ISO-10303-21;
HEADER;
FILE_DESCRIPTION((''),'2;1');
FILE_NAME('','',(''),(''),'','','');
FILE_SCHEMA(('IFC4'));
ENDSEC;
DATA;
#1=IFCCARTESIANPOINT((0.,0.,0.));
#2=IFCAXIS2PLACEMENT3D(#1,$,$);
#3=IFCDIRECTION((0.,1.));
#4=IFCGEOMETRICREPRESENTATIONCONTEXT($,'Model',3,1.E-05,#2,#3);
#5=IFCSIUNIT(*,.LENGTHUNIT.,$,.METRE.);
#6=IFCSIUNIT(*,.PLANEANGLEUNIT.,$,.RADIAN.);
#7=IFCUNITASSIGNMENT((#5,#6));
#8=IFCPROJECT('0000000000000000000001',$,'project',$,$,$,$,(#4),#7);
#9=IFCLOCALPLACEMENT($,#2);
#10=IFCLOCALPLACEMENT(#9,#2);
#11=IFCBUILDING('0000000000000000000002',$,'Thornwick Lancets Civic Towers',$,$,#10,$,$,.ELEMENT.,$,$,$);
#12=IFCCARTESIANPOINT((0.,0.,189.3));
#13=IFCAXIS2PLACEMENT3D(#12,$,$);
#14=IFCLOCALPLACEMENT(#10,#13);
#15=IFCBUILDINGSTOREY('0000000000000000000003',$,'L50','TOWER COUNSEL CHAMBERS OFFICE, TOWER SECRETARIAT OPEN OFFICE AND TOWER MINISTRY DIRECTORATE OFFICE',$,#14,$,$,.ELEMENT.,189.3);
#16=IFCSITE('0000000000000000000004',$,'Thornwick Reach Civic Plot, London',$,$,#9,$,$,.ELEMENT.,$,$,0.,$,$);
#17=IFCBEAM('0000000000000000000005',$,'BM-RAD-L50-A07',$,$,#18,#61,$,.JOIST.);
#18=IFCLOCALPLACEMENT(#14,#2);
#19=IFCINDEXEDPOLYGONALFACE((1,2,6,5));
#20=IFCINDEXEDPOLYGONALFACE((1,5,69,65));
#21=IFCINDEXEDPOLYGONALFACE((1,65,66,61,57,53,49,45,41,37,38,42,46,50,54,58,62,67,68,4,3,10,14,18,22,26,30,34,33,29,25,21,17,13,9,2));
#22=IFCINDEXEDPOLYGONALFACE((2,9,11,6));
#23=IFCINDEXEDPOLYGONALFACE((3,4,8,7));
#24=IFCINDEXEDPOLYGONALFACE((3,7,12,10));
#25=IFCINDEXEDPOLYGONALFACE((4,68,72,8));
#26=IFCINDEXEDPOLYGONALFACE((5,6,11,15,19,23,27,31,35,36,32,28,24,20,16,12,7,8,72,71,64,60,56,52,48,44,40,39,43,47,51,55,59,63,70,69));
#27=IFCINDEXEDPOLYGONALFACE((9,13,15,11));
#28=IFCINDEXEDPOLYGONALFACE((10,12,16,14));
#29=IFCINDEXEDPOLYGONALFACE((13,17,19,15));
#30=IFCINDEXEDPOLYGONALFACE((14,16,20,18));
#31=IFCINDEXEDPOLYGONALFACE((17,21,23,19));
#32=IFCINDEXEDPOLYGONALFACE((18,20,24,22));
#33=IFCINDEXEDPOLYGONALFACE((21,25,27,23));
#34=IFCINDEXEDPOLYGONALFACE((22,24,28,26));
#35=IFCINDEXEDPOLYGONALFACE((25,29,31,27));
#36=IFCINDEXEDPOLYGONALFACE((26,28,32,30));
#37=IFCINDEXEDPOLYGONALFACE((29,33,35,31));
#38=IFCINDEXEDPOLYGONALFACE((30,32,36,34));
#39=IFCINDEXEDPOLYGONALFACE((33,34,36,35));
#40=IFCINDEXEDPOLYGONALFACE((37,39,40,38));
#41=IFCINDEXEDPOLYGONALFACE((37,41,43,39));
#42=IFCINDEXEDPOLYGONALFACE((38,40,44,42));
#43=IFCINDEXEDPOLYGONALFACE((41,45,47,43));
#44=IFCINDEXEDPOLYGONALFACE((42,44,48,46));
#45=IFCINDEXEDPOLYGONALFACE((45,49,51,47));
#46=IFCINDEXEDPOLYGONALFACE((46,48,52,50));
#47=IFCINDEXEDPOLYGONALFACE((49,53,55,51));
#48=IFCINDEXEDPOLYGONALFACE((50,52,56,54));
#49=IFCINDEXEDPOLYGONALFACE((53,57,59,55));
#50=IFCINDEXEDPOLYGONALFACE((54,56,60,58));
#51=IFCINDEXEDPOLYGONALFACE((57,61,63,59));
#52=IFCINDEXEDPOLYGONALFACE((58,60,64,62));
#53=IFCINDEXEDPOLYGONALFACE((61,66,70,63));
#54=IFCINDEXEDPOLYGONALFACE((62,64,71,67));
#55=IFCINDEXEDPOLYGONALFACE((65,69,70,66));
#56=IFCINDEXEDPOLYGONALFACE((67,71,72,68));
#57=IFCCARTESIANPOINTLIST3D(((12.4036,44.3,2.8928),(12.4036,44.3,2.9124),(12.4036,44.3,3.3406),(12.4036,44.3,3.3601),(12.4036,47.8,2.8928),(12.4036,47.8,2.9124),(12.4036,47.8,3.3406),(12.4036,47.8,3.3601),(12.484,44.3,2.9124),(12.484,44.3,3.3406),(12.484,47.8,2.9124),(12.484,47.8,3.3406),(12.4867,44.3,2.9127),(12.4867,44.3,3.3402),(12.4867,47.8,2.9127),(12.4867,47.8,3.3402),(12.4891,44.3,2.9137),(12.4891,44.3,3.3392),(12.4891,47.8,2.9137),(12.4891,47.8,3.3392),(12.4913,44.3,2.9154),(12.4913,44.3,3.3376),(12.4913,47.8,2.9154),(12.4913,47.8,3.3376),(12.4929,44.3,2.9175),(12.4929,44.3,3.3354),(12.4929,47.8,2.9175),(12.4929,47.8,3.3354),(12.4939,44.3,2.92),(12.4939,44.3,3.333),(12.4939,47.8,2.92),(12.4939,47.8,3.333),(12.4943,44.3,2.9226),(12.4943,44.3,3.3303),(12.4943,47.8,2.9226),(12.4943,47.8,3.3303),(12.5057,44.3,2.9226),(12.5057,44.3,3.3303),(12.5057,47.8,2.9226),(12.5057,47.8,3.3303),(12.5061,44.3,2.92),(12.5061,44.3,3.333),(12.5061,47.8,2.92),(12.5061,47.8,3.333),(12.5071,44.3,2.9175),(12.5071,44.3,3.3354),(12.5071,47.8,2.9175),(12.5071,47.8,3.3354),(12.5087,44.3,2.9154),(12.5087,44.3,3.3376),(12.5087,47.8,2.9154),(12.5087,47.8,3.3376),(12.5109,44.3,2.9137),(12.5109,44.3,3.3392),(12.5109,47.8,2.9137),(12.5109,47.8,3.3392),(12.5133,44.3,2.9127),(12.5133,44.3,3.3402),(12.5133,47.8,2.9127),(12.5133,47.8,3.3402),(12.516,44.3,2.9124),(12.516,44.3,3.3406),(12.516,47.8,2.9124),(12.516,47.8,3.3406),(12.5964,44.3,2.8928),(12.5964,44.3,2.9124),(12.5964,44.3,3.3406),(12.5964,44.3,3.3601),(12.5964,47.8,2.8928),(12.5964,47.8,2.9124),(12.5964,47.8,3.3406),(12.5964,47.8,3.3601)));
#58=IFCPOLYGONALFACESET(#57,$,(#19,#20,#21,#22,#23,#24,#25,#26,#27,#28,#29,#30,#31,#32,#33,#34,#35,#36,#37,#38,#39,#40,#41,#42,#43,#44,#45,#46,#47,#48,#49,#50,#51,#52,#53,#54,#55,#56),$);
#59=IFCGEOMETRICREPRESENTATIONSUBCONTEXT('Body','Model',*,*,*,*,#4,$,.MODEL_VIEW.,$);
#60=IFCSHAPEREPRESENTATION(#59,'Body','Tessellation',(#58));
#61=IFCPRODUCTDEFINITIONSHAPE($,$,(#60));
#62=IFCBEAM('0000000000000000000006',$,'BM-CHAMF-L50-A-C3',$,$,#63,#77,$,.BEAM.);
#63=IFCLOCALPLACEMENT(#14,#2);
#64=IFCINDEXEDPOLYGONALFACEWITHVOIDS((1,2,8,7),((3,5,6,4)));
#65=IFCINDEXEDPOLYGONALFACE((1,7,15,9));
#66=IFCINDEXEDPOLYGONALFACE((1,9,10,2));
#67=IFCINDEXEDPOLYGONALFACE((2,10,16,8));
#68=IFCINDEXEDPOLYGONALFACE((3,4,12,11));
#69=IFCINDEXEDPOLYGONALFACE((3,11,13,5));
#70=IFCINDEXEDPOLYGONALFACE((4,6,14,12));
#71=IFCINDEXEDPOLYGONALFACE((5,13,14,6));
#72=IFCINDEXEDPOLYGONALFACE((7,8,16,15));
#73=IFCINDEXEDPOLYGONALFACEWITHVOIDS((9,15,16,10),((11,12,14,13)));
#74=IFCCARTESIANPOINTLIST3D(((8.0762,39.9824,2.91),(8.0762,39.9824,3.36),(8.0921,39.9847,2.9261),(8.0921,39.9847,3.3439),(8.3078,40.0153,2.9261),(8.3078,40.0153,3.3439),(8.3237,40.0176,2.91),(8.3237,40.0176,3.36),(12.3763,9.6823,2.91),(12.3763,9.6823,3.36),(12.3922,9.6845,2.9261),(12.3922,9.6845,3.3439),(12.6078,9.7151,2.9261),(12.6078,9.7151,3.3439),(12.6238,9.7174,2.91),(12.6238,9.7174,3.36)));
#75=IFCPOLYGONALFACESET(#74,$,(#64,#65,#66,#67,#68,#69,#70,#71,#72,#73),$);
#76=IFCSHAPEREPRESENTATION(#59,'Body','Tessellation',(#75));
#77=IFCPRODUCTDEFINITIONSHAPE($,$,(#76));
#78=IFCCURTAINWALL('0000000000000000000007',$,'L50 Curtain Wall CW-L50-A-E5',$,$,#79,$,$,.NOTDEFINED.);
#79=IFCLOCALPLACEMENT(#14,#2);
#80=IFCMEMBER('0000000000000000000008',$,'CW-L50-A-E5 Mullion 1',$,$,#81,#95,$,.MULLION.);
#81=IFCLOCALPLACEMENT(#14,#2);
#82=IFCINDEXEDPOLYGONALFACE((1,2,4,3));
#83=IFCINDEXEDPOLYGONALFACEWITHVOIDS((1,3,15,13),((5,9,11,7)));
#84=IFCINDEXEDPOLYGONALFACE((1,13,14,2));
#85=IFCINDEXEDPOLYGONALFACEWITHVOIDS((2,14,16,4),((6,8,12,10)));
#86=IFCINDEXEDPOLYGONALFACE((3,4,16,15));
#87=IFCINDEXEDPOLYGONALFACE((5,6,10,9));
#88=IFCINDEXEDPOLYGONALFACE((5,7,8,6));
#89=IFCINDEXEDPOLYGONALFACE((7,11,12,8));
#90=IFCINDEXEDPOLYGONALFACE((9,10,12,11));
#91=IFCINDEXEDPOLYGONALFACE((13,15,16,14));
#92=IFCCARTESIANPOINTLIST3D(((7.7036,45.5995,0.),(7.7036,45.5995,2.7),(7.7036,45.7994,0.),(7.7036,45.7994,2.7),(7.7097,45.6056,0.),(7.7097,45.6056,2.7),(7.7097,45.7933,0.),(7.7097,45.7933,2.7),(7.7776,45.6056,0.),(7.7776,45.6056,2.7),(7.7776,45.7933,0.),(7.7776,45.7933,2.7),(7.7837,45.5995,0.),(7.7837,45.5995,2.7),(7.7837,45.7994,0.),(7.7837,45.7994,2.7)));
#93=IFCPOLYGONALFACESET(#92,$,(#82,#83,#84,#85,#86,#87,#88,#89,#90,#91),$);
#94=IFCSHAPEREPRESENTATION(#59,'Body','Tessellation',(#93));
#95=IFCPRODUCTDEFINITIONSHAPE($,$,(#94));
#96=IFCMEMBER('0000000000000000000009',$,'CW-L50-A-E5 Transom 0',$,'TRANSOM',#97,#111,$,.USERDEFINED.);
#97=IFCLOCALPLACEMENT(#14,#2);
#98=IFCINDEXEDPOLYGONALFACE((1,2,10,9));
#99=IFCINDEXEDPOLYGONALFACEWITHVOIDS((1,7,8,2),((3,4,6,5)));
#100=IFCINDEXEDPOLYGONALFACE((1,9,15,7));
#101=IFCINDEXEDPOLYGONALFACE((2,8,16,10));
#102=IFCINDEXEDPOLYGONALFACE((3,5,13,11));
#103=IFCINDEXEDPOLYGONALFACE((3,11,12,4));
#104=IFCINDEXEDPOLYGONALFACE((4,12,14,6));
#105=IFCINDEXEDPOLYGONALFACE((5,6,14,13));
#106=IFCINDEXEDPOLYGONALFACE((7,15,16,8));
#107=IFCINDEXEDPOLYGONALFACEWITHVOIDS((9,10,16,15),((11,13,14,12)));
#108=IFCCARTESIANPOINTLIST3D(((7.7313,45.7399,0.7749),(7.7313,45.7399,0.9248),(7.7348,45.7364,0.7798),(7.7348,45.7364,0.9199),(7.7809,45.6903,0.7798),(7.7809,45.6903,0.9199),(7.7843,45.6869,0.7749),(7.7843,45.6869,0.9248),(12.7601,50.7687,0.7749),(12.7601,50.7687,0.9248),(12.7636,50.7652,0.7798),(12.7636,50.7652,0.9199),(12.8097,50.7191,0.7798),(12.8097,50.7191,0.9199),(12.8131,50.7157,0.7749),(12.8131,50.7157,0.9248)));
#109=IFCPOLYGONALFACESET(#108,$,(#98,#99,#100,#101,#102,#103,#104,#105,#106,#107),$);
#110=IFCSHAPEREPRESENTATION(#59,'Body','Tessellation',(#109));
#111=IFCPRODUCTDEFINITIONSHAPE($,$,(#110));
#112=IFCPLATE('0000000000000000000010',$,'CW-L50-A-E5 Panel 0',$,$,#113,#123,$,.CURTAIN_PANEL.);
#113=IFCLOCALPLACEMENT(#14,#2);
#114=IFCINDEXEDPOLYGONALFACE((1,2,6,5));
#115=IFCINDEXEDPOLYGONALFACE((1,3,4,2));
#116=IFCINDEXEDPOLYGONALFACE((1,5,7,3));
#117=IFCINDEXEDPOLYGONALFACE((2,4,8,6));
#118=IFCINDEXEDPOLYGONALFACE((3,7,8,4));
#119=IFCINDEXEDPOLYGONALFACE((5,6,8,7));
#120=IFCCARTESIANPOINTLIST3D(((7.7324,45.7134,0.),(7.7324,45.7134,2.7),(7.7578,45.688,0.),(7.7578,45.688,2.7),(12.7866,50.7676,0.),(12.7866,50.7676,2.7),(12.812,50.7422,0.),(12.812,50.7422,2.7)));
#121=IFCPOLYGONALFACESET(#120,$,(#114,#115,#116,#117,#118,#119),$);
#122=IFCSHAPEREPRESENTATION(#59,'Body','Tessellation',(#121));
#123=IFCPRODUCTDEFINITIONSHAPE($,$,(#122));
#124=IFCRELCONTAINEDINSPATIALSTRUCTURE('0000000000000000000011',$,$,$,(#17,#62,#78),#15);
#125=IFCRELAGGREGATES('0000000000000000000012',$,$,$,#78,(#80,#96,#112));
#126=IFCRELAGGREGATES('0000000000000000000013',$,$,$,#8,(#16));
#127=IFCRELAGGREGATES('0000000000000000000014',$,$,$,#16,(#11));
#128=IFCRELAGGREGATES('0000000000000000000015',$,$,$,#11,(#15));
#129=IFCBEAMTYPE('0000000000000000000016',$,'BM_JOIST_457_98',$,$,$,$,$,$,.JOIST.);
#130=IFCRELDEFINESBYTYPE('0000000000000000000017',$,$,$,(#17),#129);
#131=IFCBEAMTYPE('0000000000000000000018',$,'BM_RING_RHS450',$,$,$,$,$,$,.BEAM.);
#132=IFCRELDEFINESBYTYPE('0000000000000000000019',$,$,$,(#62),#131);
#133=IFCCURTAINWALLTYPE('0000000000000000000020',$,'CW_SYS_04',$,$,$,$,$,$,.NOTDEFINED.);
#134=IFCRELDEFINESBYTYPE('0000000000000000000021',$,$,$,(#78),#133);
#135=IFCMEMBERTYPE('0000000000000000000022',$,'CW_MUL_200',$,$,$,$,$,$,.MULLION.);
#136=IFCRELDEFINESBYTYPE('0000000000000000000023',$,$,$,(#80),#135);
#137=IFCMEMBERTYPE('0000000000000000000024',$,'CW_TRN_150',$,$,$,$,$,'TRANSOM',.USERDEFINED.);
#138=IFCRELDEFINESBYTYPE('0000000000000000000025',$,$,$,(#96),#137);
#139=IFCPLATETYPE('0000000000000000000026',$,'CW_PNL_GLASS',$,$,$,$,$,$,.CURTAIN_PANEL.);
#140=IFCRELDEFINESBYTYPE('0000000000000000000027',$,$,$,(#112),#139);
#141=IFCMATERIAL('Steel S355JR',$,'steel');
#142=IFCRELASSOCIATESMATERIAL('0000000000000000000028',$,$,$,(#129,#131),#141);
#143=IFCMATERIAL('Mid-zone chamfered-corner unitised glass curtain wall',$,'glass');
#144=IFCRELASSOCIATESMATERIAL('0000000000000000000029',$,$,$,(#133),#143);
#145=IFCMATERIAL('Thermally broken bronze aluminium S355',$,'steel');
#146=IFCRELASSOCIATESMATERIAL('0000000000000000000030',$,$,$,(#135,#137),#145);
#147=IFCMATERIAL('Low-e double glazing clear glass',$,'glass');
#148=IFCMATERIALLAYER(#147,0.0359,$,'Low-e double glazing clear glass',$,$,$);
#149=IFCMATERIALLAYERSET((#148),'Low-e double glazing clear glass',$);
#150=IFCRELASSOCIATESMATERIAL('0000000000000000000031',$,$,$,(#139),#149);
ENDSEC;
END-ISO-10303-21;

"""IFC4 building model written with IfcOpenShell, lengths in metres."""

from ifc_helpers import new_model, si_unit, direction, frame, origin, origin_2d, place, context, subcontext, project, spatial, rectangle, hollow_rectangle, i_section, extrude, material, layer, layer_set, material_profile, profile_set, type_object, element, aggregate, save


model = new_model("IFC4")

# Units and contexts
model_context = context("Model", 3, precision=1e-05, world=origin(), true_north=direction((0.0, 1.0)))
body_context = subcontext(model_context, "Body", "Model", "MODEL_VIEW")
ifc_project = project(units=[si_unit("LENGTHUNIT", "METRE"), si_unit("PLANEANGLEUNIT", "RADIAN")], contexts=[model_context])

# Site, building, storey
site_placement = place(None, origin())
site = spatial("IfcSite", under=ifc_project, at=site_placement, Name="Thornwick Reach Civic Plot, London", CompositionType="ELEMENT", RefElevation=0.0)
building_placement = place(site_placement, origin())
building = spatial("IfcBuilding", under=site, at=building_placement, Name="Thornwick Lancets Civic Towers", CompositionType="ELEMENT")
storey_placement = place(building_placement, frame((0.0, 0.0, 189.3)))
storey = spatial("IfcBuildingStorey", under=building, at=storey_placement, Name="L50", Description="TOWER COUNSEL CHAMBERS OFFICE, TOWER SECRETARIAT OPEN OFFICE AND TOWER MINISTRY DIRECTORATE OFFICE", CompositionType="ELEMENT", Elevation=189.3)

# Beams
ifc_material_1 = material(Name="Steel S355JR", Category="steel")
ifc_material_profile_1 = material_profile(ifc_material_1, i_section(OverallWidth=0.1929, OverallDepth=0.4673, WebThickness=0.0115, FlangeThickness=0.0195, FilletRadius=0.0103, at=origin_2d()), Name="UKB 457x191x98")
ifc_profile_set_1 = profile_set([ifc_material_profile_1], Name="Steel S355JR")
beam_type_1 = type_object("IfcBeamType", Name="BM_JOIST_457_98", PredefinedType="JOIST", material=ifc_profile_set_1)
beam_1_placement = place(storey_placement, frame((12.5, 44.3, 3.1265), z_axis=(0.0, 1.0, 0.0), x_axis=(-1.0, 0.0, 0.0)))
element("IfcBeam", 1, at=beam_1_placement, inside=storey, type_object=beam_type_1, Name="BM-RAD-L50-A07", PredefinedType="JOIST", context=body_context, shape_type="SweptSolid", body=[
    extrude(i_section(OverallWidth=0.1929, OverallDepth=0.4673, WebThickness=0.0115, FlangeThickness=0.0195, FilletRadius=0.0103, at=origin_2d()), origin(), (0.0, 0.0, 1.0), 3.5),
])
ifc_material_profile_2 = material_profile(ifc_material_1, hollow_rectangle(XDim=0.25, YDim=0.45, WallThickness=0.0161, at=origin_2d()), Name="RHS 450x250x16")
ifc_profile_set_2 = profile_set([ifc_material_profile_2], Name="Steel S355JR")
beam_type_2 = type_object("IfcBeamType", Name="BM_RING_RHS450", PredefinedType="BEAM", material=ifc_profile_set_2)
beam_2_placement = place(storey_placement, frame((8.2, 40.0, 3.135), z_axis=(0.140508, -0.99008, 0.0), x_axis=(0.99008, 0.140508, 0.0)))
element("IfcBeam", 2, at=beam_2_placement, inside=storey, type_object=beam_type_2, Name="BM-CHAMF-L50-A-C3", PredefinedType="BEAM", context=body_context, shape_type="SweptSolid", body=[
    extrude(hollow_rectangle(XDim=0.25, YDim=0.45, WallThickness=0.0161, at=origin_2d()), origin(), (0.0, 0.0, 1.0), 30.6038),
])

# Curtain wall, members, plate
ifc_material_2 = material(Name="Mid-zone chamfered-corner unitised glass curtain wall", Category="glass")
curtain_wall_type = type_object("IfcCurtainWallType", Name="CW_SYS_04", PredefinedType="NOTDEFINED", material=ifc_material_2)
curtain_wall_placement = place(storey_placement, origin())
curtain_wall = element("IfcCurtainWall", 3, at=curtain_wall_placement, inside=storey, type_object=curtain_wall_type, Name="L50 Curtain Wall CW-L50-A-E5", PredefinedType="NOTDEFINED")
ifc_material_3 = material(Name="Thermally broken bronze aluminium S355", Category="steel")
ifc_material_profile_3 = material_profile(ifc_material_3, hollow_rectangle(XDim=0.0801, YDim=0.2, WallThickness=0.0061, at=origin_2d()), Name="RHS 200x80x6")
ifc_profile_set_3 = profile_set([ifc_material_profile_3], Name="Thermally broken bronze aluminium S355")
member_type_1 = type_object("IfcMemberType", Name="CW_MUL_200", PredefinedType="MULLION", material=ifc_profile_set_3)
member_1_placement = place(storey_placement, frame((7.7437, 45.6995, 0.0), z_axis=(0.0, 0.0, 1.0), x_axis=(1.0, 0.0, 0.0)))
member_1 = element("IfcMember", 4, at=member_1_placement, type_object=member_type_1, Name="CW-L50-A-E5 Mullion 1", PredefinedType="MULLION", context=body_context, shape_type="SweptSolid", body=[
    extrude(hollow_rectangle(XDim=0.0801, YDim=0.2, WallThickness=0.0061, at=origin_2d()), origin(), (0.0, 0.0, 1.0), 2.7),
])
ifc_material_profile_4 = material_profile(ifc_material_3, hollow_rectangle(XDim=0.075, YDim=0.1499, WallThickness=0.0049, at=origin_2d()), Name="RHS 150x75x5")
ifc_profile_set_4 = profile_set([ifc_material_profile_4], Name="Thermally broken bronze aluminium S355")
member_type_2 = type_object("IfcMemberType", Name="CW_TRN_150", ElementType="TRANSOM", PredefinedType="USERDEFINED", material=ifc_profile_set_4)
member_2_placement = place(storey_placement, frame((12.7866, 50.7422, 0.8499), z_axis=(-0.707107, -0.707107, 0.0), x_axis=(0.707107, -0.707107, 0.0)))
member_2 = element("IfcMember", 5, at=member_2_placement, type_object=member_type_2, Name="CW-L50-A-E5 Transom 0", ObjectType="TRANSOM", PredefinedType="USERDEFINED", context=body_context, shape_type="SweptSolid", body=[
    extrude(hollow_rectangle(XDim=0.075, YDim=0.1499, WallThickness=0.0049, at=origin_2d()), origin(), (0.0, 0.0, 1.0), 7.1118),
])
ifc_material_4 = material(Name="Low-e double glazing clear glass", Category="glass")
ifc_layer_1 = layer(ifc_material_4, 0.0359, Name="Low-e double glazing clear glass")
ifc_layer_set_1 = layer_set([ifc_layer_1], Name="Low-e double glazing clear glass")
plate_type = type_object("IfcPlateType", Name="CW_PNL_GLASS", PredefinedType="CURTAIN_PANEL", material=ifc_layer_set_1)
plate_placement = place(storey_placement, frame((10.2722, 48.2278, 0.0), z_axis=(0.0, 0.0, 1.0), x_axis=(-0.707107, -0.707107, 0.0)))
plate = element("IfcPlate", 6, at=plate_placement, type_object=plate_type, Name="CW-L50-A-E5 Panel 0", PredefinedType="CURTAIN_PANEL", context=body_context, shape_type="SweptSolid", body=[
    extrude(rectangle(XDim=7.1477, YDim=0.0359, at=origin_2d()), origin(), (0.0, 0.0, 1.0), 2.7),
])
aggregate(curtain_wall, [member_1, member_2, plate])

save(model, "model.ifc")
